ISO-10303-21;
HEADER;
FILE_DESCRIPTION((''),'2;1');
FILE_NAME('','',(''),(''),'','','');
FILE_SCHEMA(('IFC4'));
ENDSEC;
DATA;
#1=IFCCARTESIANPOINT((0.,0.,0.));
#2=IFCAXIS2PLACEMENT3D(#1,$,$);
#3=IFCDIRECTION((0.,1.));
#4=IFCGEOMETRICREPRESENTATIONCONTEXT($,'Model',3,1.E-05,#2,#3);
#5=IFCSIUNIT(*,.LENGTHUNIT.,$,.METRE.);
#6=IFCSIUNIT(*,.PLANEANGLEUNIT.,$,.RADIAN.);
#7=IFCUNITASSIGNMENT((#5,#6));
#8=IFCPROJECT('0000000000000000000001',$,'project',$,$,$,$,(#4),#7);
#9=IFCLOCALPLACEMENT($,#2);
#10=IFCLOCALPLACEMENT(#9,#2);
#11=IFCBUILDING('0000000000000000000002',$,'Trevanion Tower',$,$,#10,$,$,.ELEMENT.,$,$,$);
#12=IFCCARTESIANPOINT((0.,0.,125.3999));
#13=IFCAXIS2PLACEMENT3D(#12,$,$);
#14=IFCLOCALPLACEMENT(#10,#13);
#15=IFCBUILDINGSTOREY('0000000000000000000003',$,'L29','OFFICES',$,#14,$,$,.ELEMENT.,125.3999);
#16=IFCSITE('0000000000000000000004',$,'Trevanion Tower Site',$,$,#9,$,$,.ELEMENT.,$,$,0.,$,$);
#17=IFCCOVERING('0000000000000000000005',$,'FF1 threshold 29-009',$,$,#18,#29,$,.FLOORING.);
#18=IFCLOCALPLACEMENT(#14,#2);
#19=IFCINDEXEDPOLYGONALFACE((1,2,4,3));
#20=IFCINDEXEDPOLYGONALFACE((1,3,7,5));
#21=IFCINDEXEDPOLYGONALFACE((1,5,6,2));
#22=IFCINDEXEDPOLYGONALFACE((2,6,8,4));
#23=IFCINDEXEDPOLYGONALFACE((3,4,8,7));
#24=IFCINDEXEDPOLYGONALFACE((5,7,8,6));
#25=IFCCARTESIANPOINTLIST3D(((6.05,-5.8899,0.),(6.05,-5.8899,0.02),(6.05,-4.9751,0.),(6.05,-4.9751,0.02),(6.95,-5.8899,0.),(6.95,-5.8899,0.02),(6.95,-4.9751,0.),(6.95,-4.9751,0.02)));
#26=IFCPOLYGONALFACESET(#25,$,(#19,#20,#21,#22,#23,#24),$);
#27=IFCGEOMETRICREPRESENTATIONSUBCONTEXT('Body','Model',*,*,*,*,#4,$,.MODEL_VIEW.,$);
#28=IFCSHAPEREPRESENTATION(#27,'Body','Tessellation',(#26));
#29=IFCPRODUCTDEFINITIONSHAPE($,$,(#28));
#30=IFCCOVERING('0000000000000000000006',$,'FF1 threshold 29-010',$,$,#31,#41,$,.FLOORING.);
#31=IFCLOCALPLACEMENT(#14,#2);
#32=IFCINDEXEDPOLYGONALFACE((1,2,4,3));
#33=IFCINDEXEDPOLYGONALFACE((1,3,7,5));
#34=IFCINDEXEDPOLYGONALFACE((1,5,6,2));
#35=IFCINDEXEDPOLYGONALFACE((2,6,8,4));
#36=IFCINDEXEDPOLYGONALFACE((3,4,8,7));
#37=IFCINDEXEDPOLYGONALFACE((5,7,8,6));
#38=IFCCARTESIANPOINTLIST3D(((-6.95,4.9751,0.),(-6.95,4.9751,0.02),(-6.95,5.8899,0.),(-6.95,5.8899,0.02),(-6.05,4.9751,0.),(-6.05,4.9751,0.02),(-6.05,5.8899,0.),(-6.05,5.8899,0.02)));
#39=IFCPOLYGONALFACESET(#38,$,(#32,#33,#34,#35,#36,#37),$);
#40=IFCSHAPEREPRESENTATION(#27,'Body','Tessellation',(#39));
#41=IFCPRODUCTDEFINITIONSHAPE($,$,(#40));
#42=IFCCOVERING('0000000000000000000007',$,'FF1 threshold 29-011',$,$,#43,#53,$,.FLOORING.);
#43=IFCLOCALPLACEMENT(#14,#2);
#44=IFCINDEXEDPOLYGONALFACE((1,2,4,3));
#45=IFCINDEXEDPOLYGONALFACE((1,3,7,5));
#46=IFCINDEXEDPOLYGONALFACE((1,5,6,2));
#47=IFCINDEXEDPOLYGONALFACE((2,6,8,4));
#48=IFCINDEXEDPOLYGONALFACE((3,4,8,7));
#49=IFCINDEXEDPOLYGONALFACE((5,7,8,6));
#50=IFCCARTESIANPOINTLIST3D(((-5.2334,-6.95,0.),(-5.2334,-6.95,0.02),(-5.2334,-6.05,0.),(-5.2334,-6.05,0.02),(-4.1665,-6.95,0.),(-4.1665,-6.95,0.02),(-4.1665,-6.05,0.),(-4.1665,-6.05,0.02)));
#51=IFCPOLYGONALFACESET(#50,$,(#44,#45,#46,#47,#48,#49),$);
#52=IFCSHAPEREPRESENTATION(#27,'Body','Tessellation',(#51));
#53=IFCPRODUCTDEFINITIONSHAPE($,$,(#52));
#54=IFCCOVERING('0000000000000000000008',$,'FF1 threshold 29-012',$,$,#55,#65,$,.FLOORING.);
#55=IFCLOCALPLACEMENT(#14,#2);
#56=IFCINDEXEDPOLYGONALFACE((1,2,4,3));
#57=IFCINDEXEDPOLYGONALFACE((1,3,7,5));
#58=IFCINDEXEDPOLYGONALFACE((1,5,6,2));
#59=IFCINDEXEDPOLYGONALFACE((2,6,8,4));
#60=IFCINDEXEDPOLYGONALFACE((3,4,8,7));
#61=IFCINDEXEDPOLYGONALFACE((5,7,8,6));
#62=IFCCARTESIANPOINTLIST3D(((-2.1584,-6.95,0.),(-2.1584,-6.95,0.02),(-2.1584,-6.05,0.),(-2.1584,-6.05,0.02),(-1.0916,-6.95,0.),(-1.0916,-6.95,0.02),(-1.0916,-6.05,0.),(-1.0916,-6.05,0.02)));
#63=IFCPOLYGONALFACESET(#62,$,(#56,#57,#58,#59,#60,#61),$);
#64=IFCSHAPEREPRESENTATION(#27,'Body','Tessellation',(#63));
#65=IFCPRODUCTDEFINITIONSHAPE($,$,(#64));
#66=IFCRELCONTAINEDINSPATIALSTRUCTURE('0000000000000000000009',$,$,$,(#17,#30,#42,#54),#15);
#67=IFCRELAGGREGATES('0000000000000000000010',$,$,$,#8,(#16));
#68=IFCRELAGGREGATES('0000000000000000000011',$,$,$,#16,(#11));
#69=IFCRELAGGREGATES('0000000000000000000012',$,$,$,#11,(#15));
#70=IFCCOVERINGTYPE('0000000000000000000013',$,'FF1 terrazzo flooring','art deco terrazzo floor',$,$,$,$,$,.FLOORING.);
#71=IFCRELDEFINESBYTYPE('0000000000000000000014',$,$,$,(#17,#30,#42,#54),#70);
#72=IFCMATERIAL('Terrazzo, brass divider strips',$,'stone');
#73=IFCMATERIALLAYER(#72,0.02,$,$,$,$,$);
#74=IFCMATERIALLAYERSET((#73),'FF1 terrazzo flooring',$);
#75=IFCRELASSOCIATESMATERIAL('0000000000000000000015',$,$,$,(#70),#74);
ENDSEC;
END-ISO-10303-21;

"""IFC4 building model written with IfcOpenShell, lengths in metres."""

from ifc_helpers import new_model, si_unit, direction, frame, origin, place, context, subcontext, project, spatial, polyline, outline, extrude, material, layer, layer_set, type_object, element, save


model = new_model("IFC4")

# Units and contexts
model_context = context("Model", 3, precision=1e-05, world=origin(), true_north=direction((0.0, 1.0)))
body_context = subcontext(model_context, "Body", "Model", "MODEL_VIEW")
ifc_project = project(units=[si_unit("LENGTHUNIT", "METRE"), si_unit("PLANEANGLEUNIT", "RADIAN")], contexts=[model_context])

# Site, building, storey
site_placement = place(None, origin())
site = spatial("IfcSite", under=ifc_project, at=site_placement, Name="Trevanion Tower Site", CompositionType="ELEMENT", RefElevation=0.0)
building_placement = place(site_placement, origin())
building = spatial("IfcBuilding", under=site, at=building_placement, Name="Trevanion Tower", CompositionType="ELEMENT")
storey_placement = place(building_placement, frame((0.0, 0.0, 125.3999)))
storey = spatial("IfcBuildingStorey", under=building, at=storey_placement, Name="L29", Description="OFFICES", CompositionType="ELEMENT", Elevation=125.3999)

# Coverings
ifc_material_1 = material(Name="Terrazzo, brass divider strips", Category="stone")
ifc_layer_1 = layer(ifc_material_1, 0.02)
ifc_layer_set_1 = layer_set([ifc_layer_1], Name="FF1 terrazzo flooring")
covering_type = type_object("IfcCoveringType", Name="FF1 terrazzo flooring", Description="art deco terrazzo floor", PredefinedType="FLOORING", material=ifc_layer_set_1)
covering_1_placement = place(storey_placement, origin())
element("IfcCovering", 1, at=covering_1_placement, inside=storey, type_object=covering_type, Name="FF1 threshold 29-009", PredefinedType="FLOORING", context=body_context, shape_type="SweptSolid", body=[
    extrude(outline(polyline([(6.95, -5.8899), (6.95, -4.9751), (6.05, -4.9751), (6.05, -5.8899), (6.95, -5.8899)])), origin(), (0.0, 0.0, 1.0), 0.02),
])
covering_2_placement = place(storey_placement, origin())
element("IfcCovering", 2, at=covering_2_placement, inside=storey, type_object=covering_type, Name="FF1 threshold 29-010", PredefinedType="FLOORING", context=body_context, shape_type="SweptSolid", body=[
    extrude(outline(polyline([(-6.95, 5.8899), (-6.95, 4.9751), (-6.05, 4.9751), (-6.05, 5.8899), (-6.95, 5.8899)])), origin(), (0.0, 0.0, 1.0), 0.02),
])
covering_3_placement = place(storey_placement, origin())
element("IfcCovering", 3, at=covering_3_placement, inside=storey, type_object=covering_type, Name="FF1 threshold 29-011", PredefinedType="FLOORING", context=body_context, shape_type="SweptSolid", body=[
    extrude(outline(polyline([(-5.2334, -6.95), (-4.1665, -6.95), (-4.1665, -6.05), (-5.2334, -6.05), (-5.2334, -6.95)])), origin(), (0.0, 0.0, 1.0), 0.02),
])
covering_4_placement = place(storey_placement, origin())
element("IfcCovering", 4, at=covering_4_placement, inside=storey, type_object=covering_type, Name="FF1 threshold 29-012", PredefinedType="FLOORING", context=body_context, shape_type="SweptSolid", body=[
    extrude(outline(polyline([(-2.1584, -6.95), (-1.0916, -6.95), (-1.0916, -6.05), (-2.1584, -6.05), (-2.1584, -6.95)])), origin(), (0.0, 0.0, 1.0), 0.02),
])

save(model, "model.ifc")
